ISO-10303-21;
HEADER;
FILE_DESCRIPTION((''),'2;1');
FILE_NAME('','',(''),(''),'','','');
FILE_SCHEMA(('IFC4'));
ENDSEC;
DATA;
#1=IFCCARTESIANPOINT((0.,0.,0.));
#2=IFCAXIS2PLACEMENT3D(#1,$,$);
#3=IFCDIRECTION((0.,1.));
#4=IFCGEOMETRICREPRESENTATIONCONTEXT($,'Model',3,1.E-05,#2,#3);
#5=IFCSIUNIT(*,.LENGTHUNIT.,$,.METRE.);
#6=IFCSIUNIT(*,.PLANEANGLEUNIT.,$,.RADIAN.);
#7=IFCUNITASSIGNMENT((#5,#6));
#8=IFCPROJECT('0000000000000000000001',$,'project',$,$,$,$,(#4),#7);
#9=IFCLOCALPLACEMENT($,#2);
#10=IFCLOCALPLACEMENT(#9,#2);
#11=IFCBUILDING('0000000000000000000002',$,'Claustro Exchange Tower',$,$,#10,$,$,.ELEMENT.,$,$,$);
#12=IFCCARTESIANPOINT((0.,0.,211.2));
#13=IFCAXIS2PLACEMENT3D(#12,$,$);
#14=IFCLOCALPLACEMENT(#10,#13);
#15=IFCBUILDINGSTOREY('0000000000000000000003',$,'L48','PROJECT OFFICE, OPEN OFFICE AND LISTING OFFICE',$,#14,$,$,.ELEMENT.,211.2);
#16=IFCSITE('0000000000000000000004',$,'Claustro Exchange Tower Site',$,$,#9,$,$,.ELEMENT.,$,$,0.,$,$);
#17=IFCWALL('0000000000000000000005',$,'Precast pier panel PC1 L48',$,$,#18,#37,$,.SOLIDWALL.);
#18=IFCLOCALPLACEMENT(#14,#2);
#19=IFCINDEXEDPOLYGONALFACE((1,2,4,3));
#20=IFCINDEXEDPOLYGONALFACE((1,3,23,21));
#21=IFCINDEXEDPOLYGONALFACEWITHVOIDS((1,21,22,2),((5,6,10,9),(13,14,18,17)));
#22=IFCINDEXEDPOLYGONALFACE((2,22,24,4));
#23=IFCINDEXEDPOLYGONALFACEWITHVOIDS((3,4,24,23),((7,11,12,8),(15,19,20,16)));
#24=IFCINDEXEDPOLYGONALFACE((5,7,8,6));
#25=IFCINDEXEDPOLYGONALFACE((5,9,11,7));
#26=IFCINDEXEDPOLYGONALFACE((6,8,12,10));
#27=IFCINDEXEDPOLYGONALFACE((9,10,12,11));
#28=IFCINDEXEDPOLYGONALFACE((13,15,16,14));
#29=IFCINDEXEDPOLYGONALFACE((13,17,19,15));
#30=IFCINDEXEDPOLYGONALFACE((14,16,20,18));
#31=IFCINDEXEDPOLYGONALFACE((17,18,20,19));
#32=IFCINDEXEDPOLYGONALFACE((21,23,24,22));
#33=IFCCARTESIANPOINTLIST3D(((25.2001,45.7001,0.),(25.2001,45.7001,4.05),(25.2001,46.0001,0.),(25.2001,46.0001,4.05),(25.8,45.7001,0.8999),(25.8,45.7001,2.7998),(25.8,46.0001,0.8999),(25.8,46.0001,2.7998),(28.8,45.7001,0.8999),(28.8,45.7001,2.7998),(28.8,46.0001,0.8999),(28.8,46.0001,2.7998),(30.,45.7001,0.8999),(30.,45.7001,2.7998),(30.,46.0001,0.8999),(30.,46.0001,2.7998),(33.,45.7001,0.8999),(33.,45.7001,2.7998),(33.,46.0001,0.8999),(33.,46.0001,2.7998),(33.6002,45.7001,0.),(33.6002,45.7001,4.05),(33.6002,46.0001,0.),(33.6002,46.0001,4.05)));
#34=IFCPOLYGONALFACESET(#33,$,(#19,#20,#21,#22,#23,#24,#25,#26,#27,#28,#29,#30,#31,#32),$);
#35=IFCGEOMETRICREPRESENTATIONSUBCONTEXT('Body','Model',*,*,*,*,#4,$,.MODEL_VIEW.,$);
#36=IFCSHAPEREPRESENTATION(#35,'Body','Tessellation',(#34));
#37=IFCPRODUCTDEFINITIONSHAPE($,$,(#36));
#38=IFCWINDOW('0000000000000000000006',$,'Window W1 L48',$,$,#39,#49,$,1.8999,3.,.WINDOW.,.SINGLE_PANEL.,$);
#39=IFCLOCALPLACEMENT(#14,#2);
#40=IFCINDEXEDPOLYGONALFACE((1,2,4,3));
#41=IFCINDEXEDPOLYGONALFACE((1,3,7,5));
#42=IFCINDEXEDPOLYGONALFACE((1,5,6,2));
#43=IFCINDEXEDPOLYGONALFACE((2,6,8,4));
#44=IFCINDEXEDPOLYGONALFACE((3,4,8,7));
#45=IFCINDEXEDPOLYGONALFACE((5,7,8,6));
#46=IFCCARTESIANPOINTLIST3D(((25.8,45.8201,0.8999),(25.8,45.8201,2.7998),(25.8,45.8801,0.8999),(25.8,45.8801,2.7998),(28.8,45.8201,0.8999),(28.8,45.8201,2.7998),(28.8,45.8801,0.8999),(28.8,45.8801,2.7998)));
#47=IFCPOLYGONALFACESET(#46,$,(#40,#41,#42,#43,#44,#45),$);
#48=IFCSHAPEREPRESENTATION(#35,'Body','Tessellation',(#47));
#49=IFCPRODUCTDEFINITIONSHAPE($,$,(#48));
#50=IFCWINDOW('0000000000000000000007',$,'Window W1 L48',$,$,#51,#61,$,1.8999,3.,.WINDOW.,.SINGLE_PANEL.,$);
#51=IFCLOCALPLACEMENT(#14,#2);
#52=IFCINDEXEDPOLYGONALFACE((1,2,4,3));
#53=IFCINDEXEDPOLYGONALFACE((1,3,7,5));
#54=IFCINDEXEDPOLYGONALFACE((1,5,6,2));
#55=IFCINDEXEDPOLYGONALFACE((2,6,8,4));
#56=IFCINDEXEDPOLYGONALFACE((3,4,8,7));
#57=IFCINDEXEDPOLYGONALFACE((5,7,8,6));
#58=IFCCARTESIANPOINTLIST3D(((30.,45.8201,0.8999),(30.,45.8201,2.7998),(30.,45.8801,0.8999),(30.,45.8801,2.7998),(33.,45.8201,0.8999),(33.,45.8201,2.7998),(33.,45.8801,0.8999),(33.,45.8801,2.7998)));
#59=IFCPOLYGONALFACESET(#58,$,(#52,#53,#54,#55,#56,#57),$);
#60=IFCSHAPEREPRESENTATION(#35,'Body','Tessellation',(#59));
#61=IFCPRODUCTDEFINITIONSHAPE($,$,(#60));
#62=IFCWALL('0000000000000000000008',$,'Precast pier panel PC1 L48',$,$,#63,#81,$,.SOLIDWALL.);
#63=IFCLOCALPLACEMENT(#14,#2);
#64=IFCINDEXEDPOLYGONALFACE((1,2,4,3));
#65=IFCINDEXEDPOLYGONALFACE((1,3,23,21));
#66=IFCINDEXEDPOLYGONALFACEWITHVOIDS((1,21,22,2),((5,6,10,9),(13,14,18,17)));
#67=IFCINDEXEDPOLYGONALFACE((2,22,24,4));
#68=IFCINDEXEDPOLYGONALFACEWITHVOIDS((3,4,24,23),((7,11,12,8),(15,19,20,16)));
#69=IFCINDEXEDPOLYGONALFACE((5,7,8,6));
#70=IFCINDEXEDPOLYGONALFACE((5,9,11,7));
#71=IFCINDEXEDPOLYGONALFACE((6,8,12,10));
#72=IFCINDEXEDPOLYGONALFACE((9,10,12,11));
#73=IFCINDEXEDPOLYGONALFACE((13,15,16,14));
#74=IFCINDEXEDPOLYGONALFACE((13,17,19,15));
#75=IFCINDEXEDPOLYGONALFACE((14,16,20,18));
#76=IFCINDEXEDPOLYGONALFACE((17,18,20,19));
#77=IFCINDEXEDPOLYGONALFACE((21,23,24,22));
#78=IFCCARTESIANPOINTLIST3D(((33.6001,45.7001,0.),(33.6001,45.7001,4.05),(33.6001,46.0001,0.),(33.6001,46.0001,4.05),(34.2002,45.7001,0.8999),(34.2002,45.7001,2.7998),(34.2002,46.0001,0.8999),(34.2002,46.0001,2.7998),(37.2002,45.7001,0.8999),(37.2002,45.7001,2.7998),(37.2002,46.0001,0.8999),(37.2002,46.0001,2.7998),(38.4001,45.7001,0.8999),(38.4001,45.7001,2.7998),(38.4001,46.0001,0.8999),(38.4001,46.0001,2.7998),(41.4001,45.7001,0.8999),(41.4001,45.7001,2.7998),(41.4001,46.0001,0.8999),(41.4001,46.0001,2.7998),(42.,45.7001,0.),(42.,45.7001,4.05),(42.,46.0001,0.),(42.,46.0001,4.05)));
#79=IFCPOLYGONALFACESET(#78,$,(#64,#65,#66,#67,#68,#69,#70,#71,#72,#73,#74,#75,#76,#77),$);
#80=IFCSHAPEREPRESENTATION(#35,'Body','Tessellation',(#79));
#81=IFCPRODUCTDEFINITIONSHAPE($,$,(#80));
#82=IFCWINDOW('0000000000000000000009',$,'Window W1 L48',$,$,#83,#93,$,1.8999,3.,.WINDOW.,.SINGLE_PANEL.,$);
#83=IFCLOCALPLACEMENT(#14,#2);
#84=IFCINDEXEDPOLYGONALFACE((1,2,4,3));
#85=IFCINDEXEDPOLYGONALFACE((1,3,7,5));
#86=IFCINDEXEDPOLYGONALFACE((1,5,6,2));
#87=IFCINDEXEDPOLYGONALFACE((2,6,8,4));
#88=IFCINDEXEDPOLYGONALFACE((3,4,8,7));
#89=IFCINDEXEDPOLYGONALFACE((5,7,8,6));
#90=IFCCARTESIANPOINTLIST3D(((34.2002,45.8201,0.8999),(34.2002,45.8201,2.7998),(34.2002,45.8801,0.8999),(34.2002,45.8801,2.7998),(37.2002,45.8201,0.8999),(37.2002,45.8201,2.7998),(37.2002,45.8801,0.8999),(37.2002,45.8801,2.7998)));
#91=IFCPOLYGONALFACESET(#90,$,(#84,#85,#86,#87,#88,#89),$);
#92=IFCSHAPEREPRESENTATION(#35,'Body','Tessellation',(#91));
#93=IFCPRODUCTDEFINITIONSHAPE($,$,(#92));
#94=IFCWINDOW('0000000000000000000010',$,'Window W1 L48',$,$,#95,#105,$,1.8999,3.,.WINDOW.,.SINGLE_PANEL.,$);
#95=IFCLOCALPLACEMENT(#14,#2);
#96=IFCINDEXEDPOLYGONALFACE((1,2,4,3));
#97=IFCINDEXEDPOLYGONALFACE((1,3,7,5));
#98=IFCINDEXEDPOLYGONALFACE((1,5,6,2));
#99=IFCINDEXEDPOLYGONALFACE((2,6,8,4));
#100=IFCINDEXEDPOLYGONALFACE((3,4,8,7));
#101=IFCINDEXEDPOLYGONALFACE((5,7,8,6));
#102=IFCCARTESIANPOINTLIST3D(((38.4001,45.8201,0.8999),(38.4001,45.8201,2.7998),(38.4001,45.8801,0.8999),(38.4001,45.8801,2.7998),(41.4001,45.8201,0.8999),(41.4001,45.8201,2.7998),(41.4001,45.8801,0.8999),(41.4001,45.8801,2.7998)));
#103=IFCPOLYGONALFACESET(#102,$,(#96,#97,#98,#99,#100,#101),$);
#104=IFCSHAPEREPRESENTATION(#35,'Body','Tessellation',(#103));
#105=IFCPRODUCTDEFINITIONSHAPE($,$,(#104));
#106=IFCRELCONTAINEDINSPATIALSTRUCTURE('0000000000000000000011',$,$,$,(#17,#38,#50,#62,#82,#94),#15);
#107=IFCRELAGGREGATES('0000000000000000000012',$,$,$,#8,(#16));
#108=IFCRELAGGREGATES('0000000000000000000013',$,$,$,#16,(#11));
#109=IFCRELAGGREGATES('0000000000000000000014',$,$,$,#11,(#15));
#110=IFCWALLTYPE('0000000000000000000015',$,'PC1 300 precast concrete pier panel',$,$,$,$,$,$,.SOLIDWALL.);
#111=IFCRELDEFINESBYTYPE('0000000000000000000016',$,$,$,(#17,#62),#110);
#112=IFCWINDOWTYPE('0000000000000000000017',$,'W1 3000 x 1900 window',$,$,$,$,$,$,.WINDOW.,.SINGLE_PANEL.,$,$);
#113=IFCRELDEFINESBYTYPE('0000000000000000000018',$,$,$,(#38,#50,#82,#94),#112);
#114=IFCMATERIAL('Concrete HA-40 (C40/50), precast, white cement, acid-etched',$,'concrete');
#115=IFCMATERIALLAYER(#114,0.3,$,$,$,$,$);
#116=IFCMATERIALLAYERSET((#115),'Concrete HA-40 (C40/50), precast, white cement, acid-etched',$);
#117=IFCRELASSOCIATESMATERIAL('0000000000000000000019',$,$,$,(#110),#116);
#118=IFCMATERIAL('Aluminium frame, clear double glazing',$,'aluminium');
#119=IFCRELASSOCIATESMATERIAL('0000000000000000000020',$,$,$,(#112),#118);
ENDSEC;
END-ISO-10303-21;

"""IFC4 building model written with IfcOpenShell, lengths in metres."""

from ifc_helpers import new_model, si_unit, direction, frame, frame_2d, origin, place, context, subcontext, project, spatial, rectangle, extrude, material, layer, layer_set, type_object, element, fill, save


model = new_model("IFC4")

# Units and contexts
model_context = context("Model", 3, precision=1e-05, world=origin(), true_north=direction((0.0, 1.0)))
body_context = subcontext(model_context, "Body", "Model", "MODEL_VIEW")
ifc_project = project(units=[si_unit("LENGTHUNIT", "METRE"), si_unit("PLANEANGLEUNIT", "RADIAN")], contexts=[model_context])

# Site, building, storey
site_placement = place(None, origin())
site = spatial("IfcSite", under=ifc_project, at=site_placement, Name="Claustro Exchange Tower Site", CompositionType="ELEMENT", RefElevation=0.0)
building_placement = place(site_placement, origin())
building = spatial("IfcBuilding", under=site, at=building_placement, Name="Claustro Exchange Tower", CompositionType="ELEMENT")
storey_placement = place(building_placement, frame((0.0, 0.0, 211.2)))
storey = spatial("IfcBuildingStorey", under=building, at=storey_placement, Name="L48", Description="PROJECT OFFICE, OPEN OFFICE AND LISTING OFFICE", CompositionType="ELEMENT", Elevation=211.2)

# Walls, openings, windows
ifc_material_1 = material(Name="Concrete HA-40 (C40/50), precast, white cement, acid-etched", Category="concrete")
ifc_layer_1 = layer(ifc_material_1, 0.3)
ifc_layer_set_1 = layer_set([ifc_layer_1], Name="Concrete HA-40 (C40/50), precast, white cement, acid-etched")
wall_type_1 = type_object("IfcWallType", Name="PC1 300 precast concrete pier panel", PredefinedType="SOLIDWALL", material=ifc_layer_set_1)
wall_1_placement = place(storey_placement, frame((25.2, 45.8501, 0.0), z_axis=(0.0, 0.0, 1.0), x_axis=(1.0, 0.0, 0.0)))
wall_1 = element("IfcWall", 1, at=wall_1_placement, inside=storey, type_object=wall_type_1, Name="Precast pier panel PC1 L48", PredefinedType="SOLIDWALL", context=body_context, shape_type="SweptSolid", body=[
    extrude(rectangle(XDim=8.4001, YDim=0.3, at=frame_2d((4.2002, 0.0))), origin(), (0.0, 0.0, 1.0), 4.05),
])
opening_1_placement = place(wall_1_placement, frame((0.6001, 0.0, 0.8999)))
opening_1 = element("IfcOpeningElement", 2, at=opening_1_placement, cuts=wall_1, PredefinedType="OPENING", context=body_context, shape_type="SweptSolid", body=[
    extrude(rectangle(XDim=3.0, YDim=1.8999, at=frame_2d((1.5, 0.95))), frame((0.0, 0.1599, 0.0), z_axis=(0.0, -1.0, 0.0), x_axis=(1.0, 0.0, 0.0)), (0.0, 0.0, 1.0), 0.3201),
])
opening_2_placement = place(wall_1_placement, frame((4.8, 0.0, 0.8999)))
opening_2 = element("IfcOpeningElement", 3, at=opening_2_placement, cuts=wall_1, PredefinedType="OPENING", context=body_context, shape_type="SweptSolid", body=[
    extrude(rectangle(XDim=3.0, YDim=1.8999, at=frame_2d((1.5, 0.95))), frame((0.0, 0.1599, 0.0), z_axis=(0.0, -1.0, 0.0), x_axis=(1.0, 0.0, 0.0)), (0.0, 0.0, 1.0), 0.3201),
])
ifc_material_2 = material(Name="Aluminium frame, clear double glazing", Category="aluminium")
window_type = type_object("IfcWindowType", Name="W1 3000 x 1900 window", PartitioningType="SINGLE_PANEL", PredefinedType="WINDOW", material=ifc_material_2)
window_1_placement = place(opening_1_placement, origin())
window_1 = element("IfcWindow", 4, at=window_1_placement, inside=storey, type_object=window_type, Name="Window W1 L48", OverallHeight=1.8999, OverallWidth=3.0, PartitioningType="SINGLE_PANEL", PredefinedType="WINDOW", context=body_context, shape_type="SweptSolid", body=[
    extrude(rectangle(XDim=3.0, YDim=1.8999, at=frame_2d((1.5, 0.95))), frame((0.0, 0.03, 0.0), z_axis=(0.0, -1.0, 0.0), x_axis=(1.0, 0.0, 0.0)), (0.0, 0.0, 1.0), 0.0601),
])
fill(opening_1, window_1)
window_2_placement = place(opening_2_placement, origin())
window_2 = element("IfcWindow", 5, at=window_2_placement, inside=storey, type_object=window_type, Name="Window W1 L48", OverallHeight=1.8999, OverallWidth=3.0, PartitioningType="SINGLE_PANEL", PredefinedType="WINDOW", context=body_context, shape_type="SweptSolid", body=[
    extrude(rectangle(XDim=3.0, YDim=1.8999, at=frame_2d((1.5, 0.95))), frame((0.0, 0.03, 0.0), z_axis=(0.0, -1.0, 0.0), x_axis=(1.0, 0.0, 0.0)), (0.0, 0.0, 1.0), 0.0601),
])
fill(opening_2, window_2)
wall_2_placement = place(storey_placement, frame((33.6001, 45.8501, 0.0), z_axis=(0.0, 0.0, 1.0), x_axis=(1.0, 0.0, 0.0)))
wall_2 = element("IfcWall", 6, at=wall_2_placement, inside=storey, type_object=wall_type_1, Name="Precast pier panel PC1 L48", PredefinedType="SOLIDWALL", context=body_context, shape_type="SweptSolid", body=[
    extrude(rectangle(XDim=8.3999, YDim=0.3, at=frame_2d((4.2, 0.0))), origin(), (0.0, 0.0, 1.0), 4.05),
])
opening_3_placement = place(wall_2_placement, frame((0.6001, 0.0, 0.8999)))
opening_3 = element("IfcOpeningElement", 7, at=opening_3_placement, cuts=wall_2, PredefinedType="OPENING", context=body_context, shape_type="SweptSolid", body=[
    extrude(rectangle(XDim=3.0, YDim=1.8999, at=frame_2d((1.5, 0.95))), frame((0.0, 0.1599, 0.0), z_axis=(0.0, -1.0, 0.0), x_axis=(1.0, 0.0, 0.0)), (0.0, 0.0, 1.0), 0.3201),
])
opening_4_placement = place(wall_2_placement, frame((4.8, 0.0, 0.8999)))
opening_4 = element("IfcOpeningElement", 8, at=opening_4_placement, cuts=wall_2, PredefinedType="OPENING", context=body_context, shape_type="SweptSolid", body=[
    extrude(rectangle(XDim=3.0, YDim=1.8999, at=frame_2d((1.5, 0.95))), frame((0.0, 0.1599, 0.0), z_axis=(0.0, -1.0, 0.0), x_axis=(1.0, 0.0, 0.0)), (0.0, 0.0, 1.0), 0.3201),
])
window_3_placement = place(opening_3_placement, origin())
window_3 = element("IfcWindow", 9, at=window_3_placement, inside=storey, type_object=window_type, Name="Window W1 L48", OverallHeight=1.8999, OverallWidth=3.0, PartitioningType="SINGLE_PANEL", PredefinedType="WINDOW", context=body_context, shape_type="SweptSolid", body=[
    extrude(rectangle(XDim=3.0, YDim=1.8999, at=frame_2d((1.5, 0.95))), frame((0.0, 0.03, 0.0), z_axis=(0.0, -1.0, 0.0), x_axis=(1.0, 0.0, 0.0)), (0.0, 0.0, 1.0), 0.0601),
])
fill(opening_3, window_3)
window_4_placement = place(opening_4_placement, origin())
window_4 = element("IfcWindow", 10, at=window_4_placement, inside=storey, type_object=window_type, Name="Window W1 L48", OverallHeight=1.8999, OverallWidth=3.0, PartitioningType="SINGLE_PANEL", PredefinedType="WINDOW", context=body_context, shape_type="SweptSolid", body=[
    extrude(rectangle(XDim=3.0, YDim=1.8999, at=frame_2d((1.5, 0.95))), frame((0.0, 0.03, 0.0), z_axis=(0.0, -1.0, 0.0), x_axis=(1.0, 0.0, 0.0)), (0.0, 0.0, 1.0), 0.0601),
])
fill(opening_4, window_4)

save(model, "model.ifc")
